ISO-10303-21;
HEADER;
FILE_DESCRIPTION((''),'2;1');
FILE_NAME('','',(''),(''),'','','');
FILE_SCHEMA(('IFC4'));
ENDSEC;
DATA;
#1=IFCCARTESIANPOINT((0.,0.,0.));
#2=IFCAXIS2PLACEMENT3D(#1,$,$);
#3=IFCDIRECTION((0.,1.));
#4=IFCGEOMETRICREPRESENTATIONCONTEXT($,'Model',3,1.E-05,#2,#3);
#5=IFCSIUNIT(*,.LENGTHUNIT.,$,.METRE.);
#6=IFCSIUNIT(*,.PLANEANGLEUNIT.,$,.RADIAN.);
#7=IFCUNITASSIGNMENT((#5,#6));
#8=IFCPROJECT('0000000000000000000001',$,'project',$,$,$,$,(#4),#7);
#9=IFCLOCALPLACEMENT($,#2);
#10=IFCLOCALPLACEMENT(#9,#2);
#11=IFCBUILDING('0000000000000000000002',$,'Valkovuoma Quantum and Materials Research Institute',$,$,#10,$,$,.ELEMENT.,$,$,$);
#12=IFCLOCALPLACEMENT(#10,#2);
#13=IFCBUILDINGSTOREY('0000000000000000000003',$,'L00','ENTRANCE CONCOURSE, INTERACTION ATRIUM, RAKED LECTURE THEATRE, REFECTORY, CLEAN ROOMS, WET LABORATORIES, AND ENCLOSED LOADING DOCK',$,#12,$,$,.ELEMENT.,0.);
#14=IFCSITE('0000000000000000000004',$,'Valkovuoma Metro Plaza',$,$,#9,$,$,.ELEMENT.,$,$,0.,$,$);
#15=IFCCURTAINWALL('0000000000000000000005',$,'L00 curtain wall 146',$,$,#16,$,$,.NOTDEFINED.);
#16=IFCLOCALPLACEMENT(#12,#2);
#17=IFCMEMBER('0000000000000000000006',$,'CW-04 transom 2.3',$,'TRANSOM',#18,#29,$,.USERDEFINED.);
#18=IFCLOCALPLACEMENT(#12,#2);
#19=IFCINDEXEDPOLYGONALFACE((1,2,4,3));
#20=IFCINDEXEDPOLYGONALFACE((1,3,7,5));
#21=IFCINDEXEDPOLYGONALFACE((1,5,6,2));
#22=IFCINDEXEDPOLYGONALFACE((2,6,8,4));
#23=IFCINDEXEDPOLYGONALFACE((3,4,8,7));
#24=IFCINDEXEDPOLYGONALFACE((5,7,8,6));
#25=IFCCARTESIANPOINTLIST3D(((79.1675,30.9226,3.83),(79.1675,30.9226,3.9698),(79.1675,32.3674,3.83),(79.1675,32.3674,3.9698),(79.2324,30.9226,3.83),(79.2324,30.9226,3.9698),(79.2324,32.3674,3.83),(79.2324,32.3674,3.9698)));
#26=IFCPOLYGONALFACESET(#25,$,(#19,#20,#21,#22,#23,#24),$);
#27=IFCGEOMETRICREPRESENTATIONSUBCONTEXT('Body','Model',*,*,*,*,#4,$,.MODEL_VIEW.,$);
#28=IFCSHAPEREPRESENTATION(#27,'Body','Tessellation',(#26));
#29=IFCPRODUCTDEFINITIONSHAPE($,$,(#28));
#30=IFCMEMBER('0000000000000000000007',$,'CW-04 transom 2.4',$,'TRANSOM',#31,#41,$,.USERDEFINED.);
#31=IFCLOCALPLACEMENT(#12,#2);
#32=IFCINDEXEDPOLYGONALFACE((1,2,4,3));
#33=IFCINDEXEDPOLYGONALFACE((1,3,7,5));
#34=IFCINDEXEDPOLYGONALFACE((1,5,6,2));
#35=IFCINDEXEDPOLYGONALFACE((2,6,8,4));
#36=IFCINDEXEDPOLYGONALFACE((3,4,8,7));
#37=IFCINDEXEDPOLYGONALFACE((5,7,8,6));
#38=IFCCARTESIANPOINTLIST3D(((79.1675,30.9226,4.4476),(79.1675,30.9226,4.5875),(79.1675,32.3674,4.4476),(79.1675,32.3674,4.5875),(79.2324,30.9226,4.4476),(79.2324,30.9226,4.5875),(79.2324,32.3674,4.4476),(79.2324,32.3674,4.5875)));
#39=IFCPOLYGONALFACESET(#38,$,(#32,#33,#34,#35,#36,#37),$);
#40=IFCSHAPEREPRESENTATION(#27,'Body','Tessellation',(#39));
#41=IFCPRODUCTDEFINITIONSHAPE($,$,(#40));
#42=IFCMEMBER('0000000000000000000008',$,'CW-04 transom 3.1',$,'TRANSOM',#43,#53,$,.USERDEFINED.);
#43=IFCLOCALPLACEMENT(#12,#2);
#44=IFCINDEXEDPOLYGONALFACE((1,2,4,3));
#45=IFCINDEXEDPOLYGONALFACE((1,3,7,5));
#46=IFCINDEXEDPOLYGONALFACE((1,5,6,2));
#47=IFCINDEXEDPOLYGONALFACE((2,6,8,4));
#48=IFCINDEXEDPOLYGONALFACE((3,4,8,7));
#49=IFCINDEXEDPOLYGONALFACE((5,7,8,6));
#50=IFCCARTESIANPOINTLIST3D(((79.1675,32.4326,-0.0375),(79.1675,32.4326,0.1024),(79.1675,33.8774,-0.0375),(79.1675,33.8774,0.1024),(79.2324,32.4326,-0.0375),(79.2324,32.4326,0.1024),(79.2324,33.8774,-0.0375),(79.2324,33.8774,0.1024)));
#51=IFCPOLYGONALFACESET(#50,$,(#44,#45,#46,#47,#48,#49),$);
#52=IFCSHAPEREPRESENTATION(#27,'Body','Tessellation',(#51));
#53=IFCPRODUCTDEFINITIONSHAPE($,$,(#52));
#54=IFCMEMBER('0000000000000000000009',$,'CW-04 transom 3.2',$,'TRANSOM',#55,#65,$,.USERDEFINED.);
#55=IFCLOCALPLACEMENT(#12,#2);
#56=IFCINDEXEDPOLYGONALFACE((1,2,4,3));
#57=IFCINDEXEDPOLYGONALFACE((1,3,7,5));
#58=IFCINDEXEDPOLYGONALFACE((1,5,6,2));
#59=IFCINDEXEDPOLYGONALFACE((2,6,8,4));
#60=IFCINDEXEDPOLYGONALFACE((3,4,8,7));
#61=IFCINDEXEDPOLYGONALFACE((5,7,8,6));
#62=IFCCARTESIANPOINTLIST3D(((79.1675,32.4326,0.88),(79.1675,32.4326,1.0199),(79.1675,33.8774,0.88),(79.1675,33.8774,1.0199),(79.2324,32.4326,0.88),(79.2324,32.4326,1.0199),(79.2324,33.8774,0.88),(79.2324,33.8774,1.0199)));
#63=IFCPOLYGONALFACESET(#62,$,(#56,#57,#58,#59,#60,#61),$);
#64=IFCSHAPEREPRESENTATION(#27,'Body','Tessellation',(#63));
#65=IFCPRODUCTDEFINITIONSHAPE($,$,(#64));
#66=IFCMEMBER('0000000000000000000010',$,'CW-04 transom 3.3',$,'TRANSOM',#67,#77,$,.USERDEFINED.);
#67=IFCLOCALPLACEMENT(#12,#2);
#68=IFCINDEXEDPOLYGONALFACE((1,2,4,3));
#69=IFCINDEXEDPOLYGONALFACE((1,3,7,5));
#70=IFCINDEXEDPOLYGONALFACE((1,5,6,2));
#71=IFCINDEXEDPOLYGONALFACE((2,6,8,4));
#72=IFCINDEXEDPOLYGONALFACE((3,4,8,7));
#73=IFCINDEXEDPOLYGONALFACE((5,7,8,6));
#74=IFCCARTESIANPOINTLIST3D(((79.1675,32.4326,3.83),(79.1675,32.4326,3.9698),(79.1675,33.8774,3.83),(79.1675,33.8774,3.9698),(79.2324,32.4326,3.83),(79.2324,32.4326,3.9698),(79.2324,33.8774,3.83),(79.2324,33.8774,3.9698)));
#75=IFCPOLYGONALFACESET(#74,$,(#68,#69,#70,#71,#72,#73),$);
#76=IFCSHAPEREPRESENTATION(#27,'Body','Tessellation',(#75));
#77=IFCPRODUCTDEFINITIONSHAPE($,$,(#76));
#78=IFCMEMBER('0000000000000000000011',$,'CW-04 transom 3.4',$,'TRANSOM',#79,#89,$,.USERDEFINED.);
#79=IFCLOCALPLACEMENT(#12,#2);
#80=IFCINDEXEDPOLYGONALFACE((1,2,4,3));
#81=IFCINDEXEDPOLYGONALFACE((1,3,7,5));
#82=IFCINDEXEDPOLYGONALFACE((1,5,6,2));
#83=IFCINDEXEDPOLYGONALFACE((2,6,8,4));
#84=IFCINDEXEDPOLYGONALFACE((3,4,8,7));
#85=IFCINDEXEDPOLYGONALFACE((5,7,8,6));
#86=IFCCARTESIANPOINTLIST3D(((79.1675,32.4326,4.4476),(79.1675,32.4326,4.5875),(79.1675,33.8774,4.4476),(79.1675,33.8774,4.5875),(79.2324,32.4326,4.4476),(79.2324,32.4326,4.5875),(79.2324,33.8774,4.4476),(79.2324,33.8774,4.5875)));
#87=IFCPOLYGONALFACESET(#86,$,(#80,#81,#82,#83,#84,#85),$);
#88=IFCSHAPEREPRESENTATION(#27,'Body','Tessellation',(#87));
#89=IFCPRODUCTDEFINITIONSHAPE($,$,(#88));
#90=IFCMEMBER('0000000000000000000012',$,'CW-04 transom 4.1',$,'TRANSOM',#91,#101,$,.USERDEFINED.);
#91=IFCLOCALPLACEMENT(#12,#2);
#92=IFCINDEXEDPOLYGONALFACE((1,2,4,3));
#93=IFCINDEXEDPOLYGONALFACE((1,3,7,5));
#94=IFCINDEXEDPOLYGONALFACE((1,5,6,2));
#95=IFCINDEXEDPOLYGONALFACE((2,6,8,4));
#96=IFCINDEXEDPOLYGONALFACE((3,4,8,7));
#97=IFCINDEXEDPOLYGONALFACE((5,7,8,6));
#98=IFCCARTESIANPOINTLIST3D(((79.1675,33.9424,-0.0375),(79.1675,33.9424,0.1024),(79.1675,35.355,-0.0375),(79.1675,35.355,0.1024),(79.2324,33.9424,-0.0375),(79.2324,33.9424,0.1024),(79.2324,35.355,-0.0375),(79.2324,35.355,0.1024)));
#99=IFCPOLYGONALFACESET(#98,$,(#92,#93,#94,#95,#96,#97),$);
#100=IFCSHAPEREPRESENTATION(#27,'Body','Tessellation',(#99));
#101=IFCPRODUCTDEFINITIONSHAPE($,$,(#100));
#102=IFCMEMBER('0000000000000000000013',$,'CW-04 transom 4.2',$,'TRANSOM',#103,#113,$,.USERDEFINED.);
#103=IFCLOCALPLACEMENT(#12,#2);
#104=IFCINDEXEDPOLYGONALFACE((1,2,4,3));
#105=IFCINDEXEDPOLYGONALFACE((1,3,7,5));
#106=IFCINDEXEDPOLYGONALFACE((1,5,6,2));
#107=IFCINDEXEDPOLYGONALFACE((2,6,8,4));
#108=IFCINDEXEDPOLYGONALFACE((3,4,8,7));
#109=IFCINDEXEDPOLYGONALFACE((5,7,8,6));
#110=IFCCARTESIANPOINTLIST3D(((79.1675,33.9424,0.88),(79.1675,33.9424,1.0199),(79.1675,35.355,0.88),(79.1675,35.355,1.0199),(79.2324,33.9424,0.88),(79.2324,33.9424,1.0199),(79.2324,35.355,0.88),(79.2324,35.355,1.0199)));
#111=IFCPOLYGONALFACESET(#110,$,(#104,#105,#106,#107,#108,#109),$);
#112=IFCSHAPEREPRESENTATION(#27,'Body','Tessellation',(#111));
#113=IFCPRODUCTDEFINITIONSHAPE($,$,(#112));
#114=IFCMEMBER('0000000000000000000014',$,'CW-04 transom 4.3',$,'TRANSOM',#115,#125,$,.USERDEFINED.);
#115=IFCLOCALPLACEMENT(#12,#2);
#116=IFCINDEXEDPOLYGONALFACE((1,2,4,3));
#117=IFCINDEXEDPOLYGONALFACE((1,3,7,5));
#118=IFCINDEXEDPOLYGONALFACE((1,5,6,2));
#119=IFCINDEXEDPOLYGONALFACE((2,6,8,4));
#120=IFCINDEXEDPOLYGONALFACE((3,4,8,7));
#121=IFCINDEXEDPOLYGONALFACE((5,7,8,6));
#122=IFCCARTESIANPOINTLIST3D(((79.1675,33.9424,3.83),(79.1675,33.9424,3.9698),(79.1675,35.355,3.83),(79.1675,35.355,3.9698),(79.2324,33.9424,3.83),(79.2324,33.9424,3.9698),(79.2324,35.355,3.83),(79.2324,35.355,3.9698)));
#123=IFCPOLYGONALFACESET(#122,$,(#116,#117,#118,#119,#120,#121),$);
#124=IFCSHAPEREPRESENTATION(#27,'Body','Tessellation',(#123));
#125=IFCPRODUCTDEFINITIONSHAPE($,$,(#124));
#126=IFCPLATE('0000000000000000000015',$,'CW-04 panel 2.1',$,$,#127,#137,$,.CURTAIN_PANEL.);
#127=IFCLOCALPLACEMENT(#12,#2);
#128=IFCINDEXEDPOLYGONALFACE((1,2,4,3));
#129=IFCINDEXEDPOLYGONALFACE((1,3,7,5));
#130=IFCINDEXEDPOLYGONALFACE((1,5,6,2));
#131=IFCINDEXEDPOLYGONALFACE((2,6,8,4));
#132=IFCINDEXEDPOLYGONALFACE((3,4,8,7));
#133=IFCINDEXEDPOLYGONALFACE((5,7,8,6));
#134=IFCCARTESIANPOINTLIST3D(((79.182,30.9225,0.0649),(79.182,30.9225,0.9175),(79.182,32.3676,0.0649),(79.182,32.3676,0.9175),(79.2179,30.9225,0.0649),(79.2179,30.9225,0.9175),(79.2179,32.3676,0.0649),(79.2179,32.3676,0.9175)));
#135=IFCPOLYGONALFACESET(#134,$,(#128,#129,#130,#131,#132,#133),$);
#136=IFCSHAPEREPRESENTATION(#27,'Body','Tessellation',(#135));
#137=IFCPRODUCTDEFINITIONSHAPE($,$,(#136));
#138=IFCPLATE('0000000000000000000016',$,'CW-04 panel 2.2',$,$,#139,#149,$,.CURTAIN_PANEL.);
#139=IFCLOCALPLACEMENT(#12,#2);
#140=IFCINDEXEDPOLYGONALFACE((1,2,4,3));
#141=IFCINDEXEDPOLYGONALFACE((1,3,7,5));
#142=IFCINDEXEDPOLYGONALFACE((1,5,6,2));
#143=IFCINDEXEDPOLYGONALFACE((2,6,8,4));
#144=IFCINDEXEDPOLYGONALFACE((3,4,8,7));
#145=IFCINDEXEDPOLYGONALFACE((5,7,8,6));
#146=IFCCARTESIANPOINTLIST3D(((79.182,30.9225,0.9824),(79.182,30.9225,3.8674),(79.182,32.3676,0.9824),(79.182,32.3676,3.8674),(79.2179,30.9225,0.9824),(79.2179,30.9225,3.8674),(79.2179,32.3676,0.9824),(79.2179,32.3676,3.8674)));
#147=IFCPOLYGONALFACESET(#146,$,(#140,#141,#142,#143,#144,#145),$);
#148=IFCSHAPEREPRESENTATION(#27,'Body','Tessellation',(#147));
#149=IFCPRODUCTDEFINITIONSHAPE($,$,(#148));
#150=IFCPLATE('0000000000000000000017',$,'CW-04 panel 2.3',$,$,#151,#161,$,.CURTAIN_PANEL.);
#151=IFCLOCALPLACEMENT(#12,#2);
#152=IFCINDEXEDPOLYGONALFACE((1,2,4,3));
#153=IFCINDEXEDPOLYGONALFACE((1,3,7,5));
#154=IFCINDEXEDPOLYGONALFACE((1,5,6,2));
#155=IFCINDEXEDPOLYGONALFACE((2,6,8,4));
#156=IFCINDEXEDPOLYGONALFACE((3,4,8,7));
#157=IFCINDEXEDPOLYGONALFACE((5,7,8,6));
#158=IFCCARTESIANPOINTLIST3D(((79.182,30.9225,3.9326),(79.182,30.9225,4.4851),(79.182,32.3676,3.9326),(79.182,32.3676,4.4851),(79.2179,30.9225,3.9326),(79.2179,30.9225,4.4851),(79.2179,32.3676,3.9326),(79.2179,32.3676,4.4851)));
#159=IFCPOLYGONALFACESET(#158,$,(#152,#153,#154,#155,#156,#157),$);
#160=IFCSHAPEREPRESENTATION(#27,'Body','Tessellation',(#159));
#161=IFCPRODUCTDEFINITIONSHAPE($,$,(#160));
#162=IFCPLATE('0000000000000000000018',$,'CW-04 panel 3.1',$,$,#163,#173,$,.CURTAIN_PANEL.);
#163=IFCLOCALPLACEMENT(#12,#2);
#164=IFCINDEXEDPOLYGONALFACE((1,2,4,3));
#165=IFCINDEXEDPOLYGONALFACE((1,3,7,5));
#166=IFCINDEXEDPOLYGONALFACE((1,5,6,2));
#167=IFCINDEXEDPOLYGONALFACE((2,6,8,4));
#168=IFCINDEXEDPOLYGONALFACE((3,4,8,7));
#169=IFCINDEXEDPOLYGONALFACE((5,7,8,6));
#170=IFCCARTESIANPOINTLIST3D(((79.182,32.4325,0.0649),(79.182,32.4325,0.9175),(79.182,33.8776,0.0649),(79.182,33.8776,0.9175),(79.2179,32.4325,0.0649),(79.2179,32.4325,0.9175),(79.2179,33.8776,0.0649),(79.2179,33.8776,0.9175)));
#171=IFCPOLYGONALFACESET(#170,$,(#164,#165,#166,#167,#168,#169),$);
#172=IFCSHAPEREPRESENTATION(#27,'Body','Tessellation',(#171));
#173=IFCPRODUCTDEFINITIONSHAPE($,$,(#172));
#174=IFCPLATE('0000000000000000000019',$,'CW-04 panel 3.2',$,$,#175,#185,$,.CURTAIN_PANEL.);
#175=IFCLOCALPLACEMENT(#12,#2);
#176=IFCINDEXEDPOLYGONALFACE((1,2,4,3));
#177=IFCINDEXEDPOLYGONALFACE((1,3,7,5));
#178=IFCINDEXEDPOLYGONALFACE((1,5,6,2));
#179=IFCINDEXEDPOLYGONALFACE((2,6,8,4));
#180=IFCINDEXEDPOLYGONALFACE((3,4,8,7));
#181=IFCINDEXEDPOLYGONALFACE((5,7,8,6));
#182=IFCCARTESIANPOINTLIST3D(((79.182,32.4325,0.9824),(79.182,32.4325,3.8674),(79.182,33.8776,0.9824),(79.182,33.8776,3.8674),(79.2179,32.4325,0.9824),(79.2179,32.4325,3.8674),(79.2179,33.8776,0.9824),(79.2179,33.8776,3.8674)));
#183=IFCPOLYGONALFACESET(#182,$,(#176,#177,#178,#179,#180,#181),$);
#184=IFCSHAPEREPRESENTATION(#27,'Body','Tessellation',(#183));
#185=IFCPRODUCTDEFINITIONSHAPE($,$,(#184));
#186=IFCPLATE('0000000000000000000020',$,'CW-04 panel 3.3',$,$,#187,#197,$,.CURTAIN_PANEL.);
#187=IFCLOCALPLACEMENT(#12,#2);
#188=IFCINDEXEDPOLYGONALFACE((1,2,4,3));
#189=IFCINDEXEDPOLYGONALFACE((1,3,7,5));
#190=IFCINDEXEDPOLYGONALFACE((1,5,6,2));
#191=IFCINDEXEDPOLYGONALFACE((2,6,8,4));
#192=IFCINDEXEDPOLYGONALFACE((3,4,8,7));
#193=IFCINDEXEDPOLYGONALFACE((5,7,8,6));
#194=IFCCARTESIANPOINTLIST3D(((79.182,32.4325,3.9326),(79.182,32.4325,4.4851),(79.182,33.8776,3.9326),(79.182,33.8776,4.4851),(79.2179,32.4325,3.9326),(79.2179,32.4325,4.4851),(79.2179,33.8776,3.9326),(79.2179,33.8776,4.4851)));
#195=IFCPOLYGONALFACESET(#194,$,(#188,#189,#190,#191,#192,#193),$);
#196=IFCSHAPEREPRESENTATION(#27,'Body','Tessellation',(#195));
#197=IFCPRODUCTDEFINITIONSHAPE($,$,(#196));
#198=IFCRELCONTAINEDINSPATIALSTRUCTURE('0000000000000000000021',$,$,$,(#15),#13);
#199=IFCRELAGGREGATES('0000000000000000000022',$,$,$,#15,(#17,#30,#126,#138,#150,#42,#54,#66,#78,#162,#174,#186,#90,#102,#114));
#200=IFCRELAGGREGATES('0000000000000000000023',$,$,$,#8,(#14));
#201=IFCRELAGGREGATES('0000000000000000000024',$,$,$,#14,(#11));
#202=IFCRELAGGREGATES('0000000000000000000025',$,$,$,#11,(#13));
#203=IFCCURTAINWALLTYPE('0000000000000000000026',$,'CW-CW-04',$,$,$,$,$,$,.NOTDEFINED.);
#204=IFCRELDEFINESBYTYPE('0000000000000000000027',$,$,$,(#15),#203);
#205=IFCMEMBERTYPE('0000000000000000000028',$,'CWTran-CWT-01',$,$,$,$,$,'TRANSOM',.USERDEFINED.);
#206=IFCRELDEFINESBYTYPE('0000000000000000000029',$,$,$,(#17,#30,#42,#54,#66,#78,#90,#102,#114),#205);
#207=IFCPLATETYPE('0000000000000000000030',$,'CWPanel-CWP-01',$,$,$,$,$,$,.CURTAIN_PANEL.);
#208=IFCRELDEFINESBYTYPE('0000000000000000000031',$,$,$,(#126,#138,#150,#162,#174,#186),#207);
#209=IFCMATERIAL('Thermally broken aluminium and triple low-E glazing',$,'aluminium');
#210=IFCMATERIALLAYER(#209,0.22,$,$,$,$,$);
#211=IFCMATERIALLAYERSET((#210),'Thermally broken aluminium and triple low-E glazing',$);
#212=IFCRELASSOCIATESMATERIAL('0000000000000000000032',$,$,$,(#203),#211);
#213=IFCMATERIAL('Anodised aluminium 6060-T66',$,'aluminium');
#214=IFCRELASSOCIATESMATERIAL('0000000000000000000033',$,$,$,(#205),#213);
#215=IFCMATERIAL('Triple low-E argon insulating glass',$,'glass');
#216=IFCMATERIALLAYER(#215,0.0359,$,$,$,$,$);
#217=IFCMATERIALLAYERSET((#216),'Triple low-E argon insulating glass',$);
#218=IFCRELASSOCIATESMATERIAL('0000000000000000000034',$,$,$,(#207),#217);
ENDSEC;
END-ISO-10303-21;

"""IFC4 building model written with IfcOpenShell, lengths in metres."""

from ifc_helpers import new_model, si_unit, direction, frame, origin, origin_2d, place, context, subcontext, project, spatial, rectangle, extrude, material, layer, layer_set, material_profile, profile_set, type_object, element, aggregate, save


model = new_model("IFC4")

# Units and contexts
model_context = context("Model", 3, precision=1e-05, world=origin(), true_north=direction((0.0, 1.0)))
body_context = subcontext(model_context, "Body", "Model", "MODEL_VIEW")
ifc_project = project(units=[si_unit("LENGTHUNIT", "METRE"), si_unit("PLANEANGLEUNIT", "RADIAN")], contexts=[model_context])

# Site, building, storey
site_placement = place(None, origin())
site = spatial("IfcSite", under=ifc_project, at=site_placement, Name="Valkovuoma Metro Plaza", CompositionType="ELEMENT", RefElevation=0.0)
building_placement = place(site_placement, origin())
building = spatial("IfcBuilding", under=site, at=building_placement, Name="Valkovuoma Quantum and Materials Research Institute", CompositionType="ELEMENT")
storey_placement = place(building_placement, origin())
storey = spatial("IfcBuildingStorey", under=building, at=storey_placement, Name="L00", Description="ENTRANCE CONCOURSE, INTERACTION ATRIUM, RAKED LECTURE THEATRE, REFECTORY, CLEAN ROOMS, WET LABORATORIES, AND ENCLOSED LOADING DOCK", CompositionType="ELEMENT", Elevation=0.0)

# Curtain wall, members, plates
ifc_material_1 = material(Name="Thermally broken aluminium and triple low-E glazing", Category="aluminium")
ifc_layer_1 = layer(ifc_material_1, 0.22)
ifc_layer_set_1 = layer_set([ifc_layer_1], Name="Thermally broken aluminium and triple low-E glazing")
curtain_wall_type = type_object("IfcCurtainWallType", Name="CW-CW-04", PredefinedType="NOTDEFINED", material=ifc_layer_set_1)
curtain_wall_placement = place(storey_placement, origin())
curtain_wall = element("IfcCurtainWall", 1, at=curtain_wall_placement, inside=storey, type_object=curtain_wall_type, Name="L00 curtain wall 146", PredefinedType="NOTDEFINED")
ifc_material_2 = material(Name="Anodised aluminium 6060-T66", Category="aluminium")
ifc_material_profile_1 = material_profile(ifc_material_2, rectangle(XDim=0.0649, YDim=0.1399, at=origin_2d()), Name="Anodised aluminium 6060-T66")
ifc_profile_set_1 = profile_set([ifc_material_profile_1], Name="Anodised aluminium 6060-T66")
member_type_1 = type_object("IfcMemberType", Name="CWTran-CWT-01", ElementType="TRANSOM", PredefinedType="USERDEFINED", material=ifc_profile_set_1)
member_1_placement = place(storey_placement, frame((79.2, 30.9226, 3.8999), z_axis=(0.0, 1.0, 0.0), x_axis=(-1.0, 0.0, 0.0)))
member_1 = element("IfcMember", 2, at=member_1_placement, type_object=member_type_1, Name="CW-04 transom 2.3", ObjectType="TRANSOM", PredefinedType="USERDEFINED", context=body_context, shape_type="SweptSolid", body=[
    extrude(rectangle(XDim=0.0649, YDim=0.1399, at=origin_2d()), origin(), (0.0, 0.0, 1.0), 1.4448),
])
member_2_placement = place(storey_placement, frame((79.2, 30.9226, 4.5176), z_axis=(0.0, 1.0, 0.0), x_axis=(-1.0, 0.0, 0.0)))
member_2 = element("IfcMember", 3, at=member_2_placement, type_object=member_type_1, Name="CW-04 transom 2.4", ObjectType="TRANSOM", PredefinedType="USERDEFINED", context=body_context, shape_type="SweptSolid", body=[
    extrude(rectangle(XDim=0.0649, YDim=0.1399, at=origin_2d()), origin(), (0.0, 0.0, 1.0), 1.4448),
])
member_3_placement = place(storey_placement, frame((79.2, 32.4326, 0.0325), z_axis=(0.0, 1.0, 0.0), x_axis=(-1.0, 0.0, 0.0)))
member_3 = element("IfcMember", 4, at=member_3_placement, type_object=member_type_1, Name="CW-04 transom 3.1", ObjectType="TRANSOM", PredefinedType="USERDEFINED", context=body_context, shape_type="SweptSolid", body=[
    extrude(rectangle(XDim=0.0649, YDim=0.1399, at=origin_2d()), origin(), (0.0, 0.0, 1.0), 1.4448),
])
member_4_placement = place(storey_placement, frame((79.2, 32.4326, 0.95), z_axis=(0.0, 1.0, 0.0), x_axis=(-1.0, 0.0, 0.0)))
member_4 = element("IfcMember", 5, at=member_4_placement, type_object=member_type_1, Name="CW-04 transom 3.2", ObjectType="TRANSOM", PredefinedType="USERDEFINED", context=body_context, shape_type="SweptSolid", body=[
    extrude(rectangle(XDim=0.0649, YDim=0.1399, at=origin_2d()), origin(), (0.0, 0.0, 1.0), 1.4448),
])
member_5_placement = place(storey_placement, frame((79.2, 32.4326, 3.8999), z_axis=(0.0, 1.0, 0.0), x_axis=(-1.0, 0.0, 0.0)))
member_5 = element("IfcMember", 6, at=member_5_placement, type_object=member_type_1, Name="CW-04 transom 3.3", ObjectType="TRANSOM", PredefinedType="USERDEFINED", context=body_context, shape_type="SweptSolid", body=[
    extrude(rectangle(XDim=0.0649, YDim=0.1399, at=origin_2d()), origin(), (0.0, 0.0, 1.0), 1.4448),
])
member_6_placement = place(storey_placement, frame((79.2, 32.4326, 4.5176), z_axis=(0.0, 1.0, 0.0), x_axis=(-1.0, 0.0, 0.0)))
member_6 = element("IfcMember", 7, at=member_6_placement, type_object=member_type_1, Name="CW-04 transom 3.4", ObjectType="TRANSOM", PredefinedType="USERDEFINED", context=body_context, shape_type="SweptSolid", body=[
    extrude(rectangle(XDim=0.0649, YDim=0.1399, at=origin_2d()), origin(), (0.0, 0.0, 1.0), 1.4448),
])
member_7_placement = place(storey_placement, frame((79.2, 33.9424, 0.0325), z_axis=(0.0, 1.0, 0.0), x_axis=(-1.0, 0.0, 0.0)))
member_7 = element("IfcMember", 8, at=member_7_placement, type_object=member_type_1, Name="CW-04 transom 4.1", ObjectType="TRANSOM", PredefinedType="USERDEFINED", context=body_context, shape_type="SweptSolid", body=[
    extrude(rectangle(XDim=0.0649, YDim=0.1399, at=origin_2d()), origin(), (0.0, 0.0, 1.0), 1.4126),
])
member_8_placement = place(storey_placement, frame((79.2, 33.9424, 0.95), z_axis=(0.0, 1.0, 0.0), x_axis=(-1.0, 0.0, 0.0)))
member_8 = element("IfcMember", 9, at=member_8_placement, type_object=member_type_1, Name="CW-04 transom 4.2", ObjectType="TRANSOM", PredefinedType="USERDEFINED", context=body_context, shape_type="SweptSolid", body=[
    extrude(rectangle(XDim=0.0649, YDim=0.1399, at=origin_2d()), origin(), (0.0, 0.0, 1.0), 1.4126),
])
member_9_placement = place(storey_placement, frame((79.2, 33.9424, 3.8999), z_axis=(0.0, 1.0, 0.0), x_axis=(-1.0, 0.0, 0.0)))
member_9 = element("IfcMember", 10, at=member_9_placement, type_object=member_type_1, Name="CW-04 transom 4.3", ObjectType="TRANSOM", PredefinedType="USERDEFINED", context=body_context, shape_type="SweptSolid", body=[
    extrude(rectangle(XDim=0.0649, YDim=0.1399, at=origin_2d()), origin(), (0.0, 0.0, 1.0), 1.4126),
])
ifc_material_3 = material(Name="Triple low-E argon insulating glass", Category="glass")
ifc_layer_2 = layer(ifc_material_3, 0.0359)
ifc_layer_set_2 = layer_set([ifc_layer_2], Name="Triple low-E argon insulating glass")
plate_type = type_object("IfcPlateType", Name="CWPanel-CWP-01", PredefinedType="CURTAIN_PANEL", material=ifc_layer_set_2)
plate_1_placement = place(storey_placement, frame((79.2, 31.645, 0.0649), z_axis=(0.0, 0.0, 1.0), x_axis=(0.0, 1.0, 0.0)))
plate_1 = element("IfcPlate", 11, at=plate_1_placement, type_object=plate_type, Name="CW-04 panel 2.1", PredefinedType="CURTAIN_PANEL", context=body_context, shape_type="SweptSolid", body=[
    extrude(rectangle(XDim=1.4451, YDim=0.0359, at=origin_2d()), origin(), (0.0, 0.0, 1.0), 0.8525),
])
plate_2_placement = place(storey_placement, frame((79.2, 31.645, 0.9824), z_axis=(0.0, 0.0, 1.0), x_axis=(0.0, 1.0, 0.0)))
plate_2 = element("IfcPlate", 12, at=plate_2_placement, type_object=plate_type, Name="CW-04 panel 2.2", PredefinedType="CURTAIN_PANEL", context=body_context, shape_type="SweptSolid", body=[
    extrude(rectangle(XDim=1.4451, YDim=0.0359, at=origin_2d()), origin(), (0.0, 0.0, 1.0), 2.885),
])
plate_3_placement = place(storey_placement, frame((79.2, 31.645, 3.9326), z_axis=(0.0, 0.0, 1.0), x_axis=(0.0, 1.0, 0.0)))
plate_3 = element("IfcPlate", 13, at=plate_3_placement, type_object=plate_type, Name="CW-04 panel 2.3", PredefinedType="CURTAIN_PANEL", context=body_context, shape_type="SweptSolid", body=[
    extrude(rectangle(XDim=1.4451, YDim=0.0359, at=origin_2d()), origin(), (0.0, 0.0, 1.0), 0.5525),
])
plate_4_placement = place(storey_placement, frame((79.2, 33.155, 0.0649), z_axis=(0.0, 0.0, 1.0), x_axis=(0.0, 1.0, 0.0)))
plate_4 = element("IfcPlate", 14, at=plate_4_placement, type_object=plate_type, Name="CW-04 panel 3.1", PredefinedType="CURTAIN_PANEL", context=body_context, shape_type="SweptSolid", body=[
    extrude(rectangle(XDim=1.4451, YDim=0.0359, at=origin_2d()), origin(), (0.0, 0.0, 1.0), 0.8525),
])
plate_5_placement = place(storey_placement, frame((79.2, 33.155, 0.9824), z_axis=(0.0, 0.0, 1.0), x_axis=(0.0, 1.0, 0.0)))
plate_5 = element("IfcPlate", 15, at=plate_5_placement, type_object=plate_type, Name="CW-04 panel 3.2", PredefinedType="CURTAIN_PANEL", context=body_context, shape_type="SweptSolid", body=[
    extrude(rectangle(XDim=1.4451, YDim=0.0359, at=origin_2d()), origin(), (0.0, 0.0, 1.0), 2.885),
])
plate_6_placement = place(storey_placement, frame((79.2, 33.155, 3.9326), z_axis=(0.0, 0.0, 1.0), x_axis=(0.0, 1.0, 0.0)))
plate_6 = element("IfcPlate", 16, at=plate_6_placement, type_object=plate_type, Name="CW-04 panel 3.3", PredefinedType="CURTAIN_PANEL", context=body_context, shape_type="SweptSolid", body=[
    extrude(rectangle(XDim=1.4451, YDim=0.0359, at=origin_2d()), origin(), (0.0, 0.0, 1.0), 0.5525),
])
aggregate(curtain_wall, [member_1, member_2, plate_1, plate_2, plate_3, member_3, member_4, member_5, member_6, plate_4, plate_5, plate_6, member_7, member_8, member_9])

save(model, "model.ifc")
